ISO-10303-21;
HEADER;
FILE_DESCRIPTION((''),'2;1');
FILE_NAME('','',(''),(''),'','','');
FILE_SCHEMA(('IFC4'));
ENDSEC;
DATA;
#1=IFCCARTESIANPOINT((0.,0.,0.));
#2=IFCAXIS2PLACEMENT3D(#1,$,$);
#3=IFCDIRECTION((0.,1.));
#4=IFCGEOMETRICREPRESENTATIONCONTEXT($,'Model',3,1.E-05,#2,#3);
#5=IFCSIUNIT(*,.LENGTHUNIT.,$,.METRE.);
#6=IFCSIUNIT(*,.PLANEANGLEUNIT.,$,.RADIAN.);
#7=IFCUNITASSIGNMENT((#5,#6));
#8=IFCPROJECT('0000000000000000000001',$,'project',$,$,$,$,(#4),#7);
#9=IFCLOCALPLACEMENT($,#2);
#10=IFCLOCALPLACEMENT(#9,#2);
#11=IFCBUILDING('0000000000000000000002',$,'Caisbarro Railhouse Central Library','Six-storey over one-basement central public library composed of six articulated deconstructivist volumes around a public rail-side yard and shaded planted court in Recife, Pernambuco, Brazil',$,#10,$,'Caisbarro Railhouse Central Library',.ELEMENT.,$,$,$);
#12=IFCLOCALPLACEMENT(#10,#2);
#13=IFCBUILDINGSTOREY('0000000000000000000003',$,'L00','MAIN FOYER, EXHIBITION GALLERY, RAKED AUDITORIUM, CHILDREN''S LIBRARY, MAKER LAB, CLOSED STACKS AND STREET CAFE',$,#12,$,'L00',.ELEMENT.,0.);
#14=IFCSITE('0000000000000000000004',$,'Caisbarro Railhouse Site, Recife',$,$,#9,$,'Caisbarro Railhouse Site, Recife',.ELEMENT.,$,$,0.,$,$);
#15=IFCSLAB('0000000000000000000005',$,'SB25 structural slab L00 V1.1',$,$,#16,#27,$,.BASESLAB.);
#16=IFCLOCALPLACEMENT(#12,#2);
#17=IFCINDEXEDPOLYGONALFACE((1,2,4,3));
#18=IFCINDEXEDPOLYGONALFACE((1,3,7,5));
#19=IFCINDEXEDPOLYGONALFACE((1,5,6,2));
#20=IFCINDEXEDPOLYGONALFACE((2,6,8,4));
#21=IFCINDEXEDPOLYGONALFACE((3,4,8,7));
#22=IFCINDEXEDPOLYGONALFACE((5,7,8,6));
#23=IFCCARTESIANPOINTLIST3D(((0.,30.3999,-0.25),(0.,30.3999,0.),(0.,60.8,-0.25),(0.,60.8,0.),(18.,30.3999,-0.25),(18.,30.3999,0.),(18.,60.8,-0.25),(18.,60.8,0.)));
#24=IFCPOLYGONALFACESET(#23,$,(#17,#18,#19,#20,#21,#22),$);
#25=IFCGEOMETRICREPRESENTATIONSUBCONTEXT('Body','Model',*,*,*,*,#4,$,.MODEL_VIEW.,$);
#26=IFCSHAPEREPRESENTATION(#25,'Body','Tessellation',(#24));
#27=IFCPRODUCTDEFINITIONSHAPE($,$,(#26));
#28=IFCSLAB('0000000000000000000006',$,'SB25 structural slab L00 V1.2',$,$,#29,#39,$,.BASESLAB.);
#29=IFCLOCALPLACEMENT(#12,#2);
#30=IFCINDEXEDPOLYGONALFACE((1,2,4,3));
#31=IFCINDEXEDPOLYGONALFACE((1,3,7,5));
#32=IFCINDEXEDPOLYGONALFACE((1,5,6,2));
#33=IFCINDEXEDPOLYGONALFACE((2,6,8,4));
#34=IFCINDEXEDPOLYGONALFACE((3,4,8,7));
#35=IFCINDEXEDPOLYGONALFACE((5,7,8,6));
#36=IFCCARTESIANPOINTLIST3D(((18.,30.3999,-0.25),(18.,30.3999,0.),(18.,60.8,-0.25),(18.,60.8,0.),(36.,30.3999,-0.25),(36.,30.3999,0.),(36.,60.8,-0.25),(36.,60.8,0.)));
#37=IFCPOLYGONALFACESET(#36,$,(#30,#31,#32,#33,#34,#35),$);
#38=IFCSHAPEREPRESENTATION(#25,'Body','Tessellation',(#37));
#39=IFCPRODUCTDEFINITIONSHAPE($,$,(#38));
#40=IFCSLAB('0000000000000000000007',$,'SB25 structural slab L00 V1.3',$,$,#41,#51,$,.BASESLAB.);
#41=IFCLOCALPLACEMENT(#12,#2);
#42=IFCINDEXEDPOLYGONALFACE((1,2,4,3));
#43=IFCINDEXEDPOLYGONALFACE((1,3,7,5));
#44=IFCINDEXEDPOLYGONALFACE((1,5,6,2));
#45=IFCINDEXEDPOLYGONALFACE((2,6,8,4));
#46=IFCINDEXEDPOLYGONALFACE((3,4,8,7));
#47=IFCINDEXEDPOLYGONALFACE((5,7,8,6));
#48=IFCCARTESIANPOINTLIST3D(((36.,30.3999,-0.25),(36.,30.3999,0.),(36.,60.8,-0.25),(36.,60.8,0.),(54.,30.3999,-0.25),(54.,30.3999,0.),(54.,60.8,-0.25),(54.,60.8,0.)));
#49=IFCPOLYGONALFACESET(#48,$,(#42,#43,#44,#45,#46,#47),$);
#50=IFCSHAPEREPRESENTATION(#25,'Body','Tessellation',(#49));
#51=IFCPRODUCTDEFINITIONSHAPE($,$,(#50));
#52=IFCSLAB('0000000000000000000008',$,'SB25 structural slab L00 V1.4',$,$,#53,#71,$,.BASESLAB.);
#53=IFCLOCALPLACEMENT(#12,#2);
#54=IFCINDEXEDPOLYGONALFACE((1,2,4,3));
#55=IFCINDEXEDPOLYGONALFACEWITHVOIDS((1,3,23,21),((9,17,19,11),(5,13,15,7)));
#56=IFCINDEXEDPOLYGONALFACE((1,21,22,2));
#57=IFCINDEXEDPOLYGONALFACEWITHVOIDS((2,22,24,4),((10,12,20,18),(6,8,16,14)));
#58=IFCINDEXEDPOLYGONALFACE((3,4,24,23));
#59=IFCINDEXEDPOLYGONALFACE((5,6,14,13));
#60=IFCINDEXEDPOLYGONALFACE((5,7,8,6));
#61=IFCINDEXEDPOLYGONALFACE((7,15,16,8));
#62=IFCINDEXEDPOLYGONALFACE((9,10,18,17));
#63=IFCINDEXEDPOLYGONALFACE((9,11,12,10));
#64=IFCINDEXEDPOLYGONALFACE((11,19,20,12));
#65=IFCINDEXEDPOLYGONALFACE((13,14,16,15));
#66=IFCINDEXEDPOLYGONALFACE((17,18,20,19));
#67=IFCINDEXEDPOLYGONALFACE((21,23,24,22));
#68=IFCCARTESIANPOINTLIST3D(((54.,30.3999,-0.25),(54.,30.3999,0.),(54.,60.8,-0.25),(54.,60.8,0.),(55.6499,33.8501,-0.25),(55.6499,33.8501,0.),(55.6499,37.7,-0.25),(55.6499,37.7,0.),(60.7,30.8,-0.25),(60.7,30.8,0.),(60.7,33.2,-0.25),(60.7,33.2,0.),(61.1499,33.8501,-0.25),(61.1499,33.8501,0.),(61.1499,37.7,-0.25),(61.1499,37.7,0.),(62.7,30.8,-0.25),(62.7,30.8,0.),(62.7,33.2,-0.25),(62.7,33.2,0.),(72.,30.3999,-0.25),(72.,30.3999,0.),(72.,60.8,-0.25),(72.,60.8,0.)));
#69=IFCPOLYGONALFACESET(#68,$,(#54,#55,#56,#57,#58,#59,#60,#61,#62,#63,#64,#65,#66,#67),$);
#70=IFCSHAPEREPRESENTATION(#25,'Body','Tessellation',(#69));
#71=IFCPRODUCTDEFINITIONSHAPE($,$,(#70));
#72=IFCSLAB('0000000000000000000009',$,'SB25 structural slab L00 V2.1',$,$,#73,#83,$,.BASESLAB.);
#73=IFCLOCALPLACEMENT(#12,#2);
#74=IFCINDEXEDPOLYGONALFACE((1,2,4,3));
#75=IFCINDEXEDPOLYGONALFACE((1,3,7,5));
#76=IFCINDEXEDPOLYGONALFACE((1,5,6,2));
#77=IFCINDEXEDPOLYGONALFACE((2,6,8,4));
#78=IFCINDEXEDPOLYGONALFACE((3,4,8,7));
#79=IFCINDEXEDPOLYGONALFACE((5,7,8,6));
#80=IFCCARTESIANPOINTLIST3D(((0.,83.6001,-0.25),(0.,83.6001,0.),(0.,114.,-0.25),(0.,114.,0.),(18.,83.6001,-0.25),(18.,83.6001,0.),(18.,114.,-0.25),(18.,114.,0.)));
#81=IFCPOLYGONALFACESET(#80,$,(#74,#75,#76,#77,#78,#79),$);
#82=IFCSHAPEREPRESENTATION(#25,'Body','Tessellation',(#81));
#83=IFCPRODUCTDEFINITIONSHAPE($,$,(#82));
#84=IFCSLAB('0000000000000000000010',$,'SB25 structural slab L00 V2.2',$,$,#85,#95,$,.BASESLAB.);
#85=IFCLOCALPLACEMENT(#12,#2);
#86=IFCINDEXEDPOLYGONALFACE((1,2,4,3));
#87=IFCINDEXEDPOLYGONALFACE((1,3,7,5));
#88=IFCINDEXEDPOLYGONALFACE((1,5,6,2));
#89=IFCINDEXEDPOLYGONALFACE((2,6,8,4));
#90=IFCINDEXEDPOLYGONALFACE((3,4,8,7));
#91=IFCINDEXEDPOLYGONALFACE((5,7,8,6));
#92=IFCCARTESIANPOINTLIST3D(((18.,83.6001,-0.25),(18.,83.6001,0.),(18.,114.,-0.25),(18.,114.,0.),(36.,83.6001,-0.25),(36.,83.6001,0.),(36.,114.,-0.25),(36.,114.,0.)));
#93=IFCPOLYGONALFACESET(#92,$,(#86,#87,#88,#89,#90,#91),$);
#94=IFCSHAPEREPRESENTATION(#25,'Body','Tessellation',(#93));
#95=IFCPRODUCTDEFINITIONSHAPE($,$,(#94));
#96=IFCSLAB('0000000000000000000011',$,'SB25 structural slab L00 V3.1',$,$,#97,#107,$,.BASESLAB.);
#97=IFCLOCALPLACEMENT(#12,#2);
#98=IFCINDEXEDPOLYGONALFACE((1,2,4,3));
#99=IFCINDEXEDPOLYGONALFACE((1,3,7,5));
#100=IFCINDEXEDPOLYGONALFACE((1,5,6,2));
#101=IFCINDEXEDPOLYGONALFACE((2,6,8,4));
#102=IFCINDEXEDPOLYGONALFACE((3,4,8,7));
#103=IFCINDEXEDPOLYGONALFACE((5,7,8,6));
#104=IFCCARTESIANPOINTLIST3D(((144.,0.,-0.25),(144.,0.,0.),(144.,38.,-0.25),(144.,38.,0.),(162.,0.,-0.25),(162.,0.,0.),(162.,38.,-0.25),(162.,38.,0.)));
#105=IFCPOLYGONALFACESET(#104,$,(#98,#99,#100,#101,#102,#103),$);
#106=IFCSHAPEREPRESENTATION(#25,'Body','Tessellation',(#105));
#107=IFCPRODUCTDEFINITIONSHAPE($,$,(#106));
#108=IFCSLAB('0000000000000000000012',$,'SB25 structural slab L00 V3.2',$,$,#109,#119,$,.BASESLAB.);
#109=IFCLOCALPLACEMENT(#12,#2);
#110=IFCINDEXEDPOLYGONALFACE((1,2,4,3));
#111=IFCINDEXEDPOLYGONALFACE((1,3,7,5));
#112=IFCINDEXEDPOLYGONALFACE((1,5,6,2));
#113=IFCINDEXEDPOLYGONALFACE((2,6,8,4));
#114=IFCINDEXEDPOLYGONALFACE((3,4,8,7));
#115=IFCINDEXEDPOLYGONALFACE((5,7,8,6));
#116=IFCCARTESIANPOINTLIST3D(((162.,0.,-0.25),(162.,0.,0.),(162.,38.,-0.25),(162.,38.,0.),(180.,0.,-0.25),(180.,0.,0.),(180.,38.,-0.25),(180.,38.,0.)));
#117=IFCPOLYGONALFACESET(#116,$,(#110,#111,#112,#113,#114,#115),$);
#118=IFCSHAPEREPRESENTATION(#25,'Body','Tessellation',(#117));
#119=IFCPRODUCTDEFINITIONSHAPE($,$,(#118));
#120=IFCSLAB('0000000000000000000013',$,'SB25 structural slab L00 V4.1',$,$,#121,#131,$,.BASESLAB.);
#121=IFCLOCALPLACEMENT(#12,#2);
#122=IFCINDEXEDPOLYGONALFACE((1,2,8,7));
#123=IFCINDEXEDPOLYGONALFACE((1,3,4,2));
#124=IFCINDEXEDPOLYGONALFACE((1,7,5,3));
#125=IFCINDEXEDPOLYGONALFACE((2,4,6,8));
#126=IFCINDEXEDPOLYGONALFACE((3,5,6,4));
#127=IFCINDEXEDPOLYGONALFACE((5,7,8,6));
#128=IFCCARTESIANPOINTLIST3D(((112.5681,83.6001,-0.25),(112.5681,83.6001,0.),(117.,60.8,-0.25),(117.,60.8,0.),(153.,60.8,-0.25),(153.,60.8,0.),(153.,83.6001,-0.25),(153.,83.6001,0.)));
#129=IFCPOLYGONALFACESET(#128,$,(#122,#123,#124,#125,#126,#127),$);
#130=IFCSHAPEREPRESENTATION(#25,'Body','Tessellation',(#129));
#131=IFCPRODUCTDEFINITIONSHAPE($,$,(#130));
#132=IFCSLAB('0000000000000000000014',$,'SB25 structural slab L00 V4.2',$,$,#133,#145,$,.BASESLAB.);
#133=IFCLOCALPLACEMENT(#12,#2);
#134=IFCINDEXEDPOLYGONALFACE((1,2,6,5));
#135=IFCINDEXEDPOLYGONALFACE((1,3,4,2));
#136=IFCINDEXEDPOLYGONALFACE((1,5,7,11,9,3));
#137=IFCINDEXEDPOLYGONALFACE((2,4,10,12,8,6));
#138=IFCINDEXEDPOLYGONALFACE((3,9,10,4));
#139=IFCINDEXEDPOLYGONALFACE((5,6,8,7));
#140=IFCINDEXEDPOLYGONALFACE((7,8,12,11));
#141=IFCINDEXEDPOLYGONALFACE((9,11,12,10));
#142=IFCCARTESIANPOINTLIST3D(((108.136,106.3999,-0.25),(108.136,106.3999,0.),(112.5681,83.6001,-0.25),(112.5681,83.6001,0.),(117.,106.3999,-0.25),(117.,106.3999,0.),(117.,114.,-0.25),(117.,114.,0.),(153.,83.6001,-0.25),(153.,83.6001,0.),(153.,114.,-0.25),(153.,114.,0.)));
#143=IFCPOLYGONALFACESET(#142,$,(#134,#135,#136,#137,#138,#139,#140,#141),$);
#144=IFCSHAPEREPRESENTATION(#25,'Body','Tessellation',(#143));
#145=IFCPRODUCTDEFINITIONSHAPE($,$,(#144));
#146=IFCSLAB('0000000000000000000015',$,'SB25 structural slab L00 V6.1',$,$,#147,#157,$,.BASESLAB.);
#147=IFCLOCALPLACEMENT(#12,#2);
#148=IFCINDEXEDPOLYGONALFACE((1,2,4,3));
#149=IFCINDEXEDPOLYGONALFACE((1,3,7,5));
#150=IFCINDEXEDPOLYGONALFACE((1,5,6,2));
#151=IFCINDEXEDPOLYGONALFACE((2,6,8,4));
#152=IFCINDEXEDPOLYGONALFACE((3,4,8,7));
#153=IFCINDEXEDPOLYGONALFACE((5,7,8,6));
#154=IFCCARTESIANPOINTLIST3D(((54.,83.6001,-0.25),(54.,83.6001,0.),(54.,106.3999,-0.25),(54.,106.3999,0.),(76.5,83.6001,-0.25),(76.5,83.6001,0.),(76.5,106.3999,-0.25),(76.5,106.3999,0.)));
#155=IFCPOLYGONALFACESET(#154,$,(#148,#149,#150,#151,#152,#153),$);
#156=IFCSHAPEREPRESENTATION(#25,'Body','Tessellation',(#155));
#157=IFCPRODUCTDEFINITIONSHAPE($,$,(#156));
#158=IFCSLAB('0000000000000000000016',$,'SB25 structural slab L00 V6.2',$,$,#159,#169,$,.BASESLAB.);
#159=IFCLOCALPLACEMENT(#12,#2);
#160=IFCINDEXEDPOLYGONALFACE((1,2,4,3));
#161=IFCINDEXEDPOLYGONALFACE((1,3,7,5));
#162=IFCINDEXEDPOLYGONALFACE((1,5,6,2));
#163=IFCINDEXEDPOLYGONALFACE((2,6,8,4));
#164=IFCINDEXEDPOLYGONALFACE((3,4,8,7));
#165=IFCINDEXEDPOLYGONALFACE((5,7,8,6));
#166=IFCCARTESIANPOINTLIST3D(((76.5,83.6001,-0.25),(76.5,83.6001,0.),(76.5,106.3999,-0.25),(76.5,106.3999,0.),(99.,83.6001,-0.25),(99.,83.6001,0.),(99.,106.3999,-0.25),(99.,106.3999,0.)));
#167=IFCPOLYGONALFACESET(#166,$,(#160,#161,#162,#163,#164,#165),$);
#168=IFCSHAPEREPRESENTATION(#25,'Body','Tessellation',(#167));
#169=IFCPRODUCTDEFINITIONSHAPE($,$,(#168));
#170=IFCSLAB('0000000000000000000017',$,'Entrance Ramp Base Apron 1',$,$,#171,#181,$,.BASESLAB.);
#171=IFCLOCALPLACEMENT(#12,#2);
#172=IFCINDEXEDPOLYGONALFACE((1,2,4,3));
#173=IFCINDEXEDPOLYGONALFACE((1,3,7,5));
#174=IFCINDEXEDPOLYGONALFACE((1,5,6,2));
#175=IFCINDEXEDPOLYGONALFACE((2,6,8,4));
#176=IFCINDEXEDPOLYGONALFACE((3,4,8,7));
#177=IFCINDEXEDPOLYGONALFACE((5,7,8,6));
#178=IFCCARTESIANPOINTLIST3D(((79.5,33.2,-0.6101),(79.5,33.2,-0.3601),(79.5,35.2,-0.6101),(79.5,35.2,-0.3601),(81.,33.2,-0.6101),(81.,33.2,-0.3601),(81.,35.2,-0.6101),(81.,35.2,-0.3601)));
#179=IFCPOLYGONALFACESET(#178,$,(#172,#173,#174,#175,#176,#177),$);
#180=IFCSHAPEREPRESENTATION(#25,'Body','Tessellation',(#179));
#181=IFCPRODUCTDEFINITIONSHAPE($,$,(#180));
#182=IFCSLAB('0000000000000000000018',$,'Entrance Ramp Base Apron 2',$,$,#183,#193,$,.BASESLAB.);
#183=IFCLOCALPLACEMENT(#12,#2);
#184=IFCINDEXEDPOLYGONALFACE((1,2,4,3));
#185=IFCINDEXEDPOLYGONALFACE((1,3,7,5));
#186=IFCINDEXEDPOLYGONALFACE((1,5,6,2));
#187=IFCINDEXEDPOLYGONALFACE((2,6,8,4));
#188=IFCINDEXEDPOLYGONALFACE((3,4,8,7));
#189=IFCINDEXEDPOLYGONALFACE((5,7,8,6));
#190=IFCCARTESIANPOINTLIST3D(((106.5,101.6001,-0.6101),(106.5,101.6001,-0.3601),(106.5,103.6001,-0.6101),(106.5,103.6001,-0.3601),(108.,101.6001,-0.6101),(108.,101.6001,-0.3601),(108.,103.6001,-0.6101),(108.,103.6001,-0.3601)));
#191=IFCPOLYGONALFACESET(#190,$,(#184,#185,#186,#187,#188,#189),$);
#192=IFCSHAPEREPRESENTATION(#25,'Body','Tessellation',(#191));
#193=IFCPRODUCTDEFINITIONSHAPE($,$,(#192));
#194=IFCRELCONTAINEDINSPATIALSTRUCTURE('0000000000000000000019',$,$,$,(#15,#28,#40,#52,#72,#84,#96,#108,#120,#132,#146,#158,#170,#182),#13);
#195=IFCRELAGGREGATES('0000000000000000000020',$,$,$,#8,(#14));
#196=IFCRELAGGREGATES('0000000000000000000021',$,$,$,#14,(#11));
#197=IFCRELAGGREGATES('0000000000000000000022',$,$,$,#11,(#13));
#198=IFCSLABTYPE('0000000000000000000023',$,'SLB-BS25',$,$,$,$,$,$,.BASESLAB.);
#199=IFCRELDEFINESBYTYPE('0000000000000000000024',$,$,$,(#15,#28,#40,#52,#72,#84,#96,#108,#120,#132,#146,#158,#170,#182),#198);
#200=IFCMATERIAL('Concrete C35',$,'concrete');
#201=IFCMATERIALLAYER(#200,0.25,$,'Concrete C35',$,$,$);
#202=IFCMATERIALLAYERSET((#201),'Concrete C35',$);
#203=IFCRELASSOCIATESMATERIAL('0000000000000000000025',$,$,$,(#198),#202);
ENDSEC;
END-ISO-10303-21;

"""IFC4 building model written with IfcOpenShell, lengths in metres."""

from ifc_helpers import new_model, si_unit, direction, frame, origin, place, context, subcontext, project, spatial, polyline, outline, extrude, material, layer, layer_set, type_object, element, save


model = new_model("IFC4")

# Units and contexts
model_context = context("Model", 3, precision=1e-05, world=origin(), true_north=direction((0.0, 1.0)))
body_context = subcontext(model_context, "Body", "Model", "MODEL_VIEW")
ifc_project = project(units=[si_unit("LENGTHUNIT", "METRE"), si_unit("PLANEANGLEUNIT", "RADIAN")], contexts=[model_context])

# Site, building, storey
site_placement = place(None, origin())
site = spatial("IfcSite", under=ifc_project, at=site_placement, Name="Caisbarro Railhouse Site, Recife", LongName="Caisbarro Railhouse Site, Recife", CompositionType="ELEMENT", RefElevation=0.0)
building_placement = place(site_placement, origin())
building = spatial("IfcBuilding", under=site, at=building_placement, Name="Caisbarro Railhouse Central Library", Description="Six-storey over one-basement central public library composed of six articulated deconstructivist volumes around a public rail-side yard and shaded planted court in Recife, Pernambuco, Brazil", LongName="Caisbarro Railhouse Central Library", CompositionType="ELEMENT")
storey_placement = place(building_placement, origin())
storey = spatial("IfcBuildingStorey", under=building, at=storey_placement, Name="L00", Description="MAIN FOYER, EXHIBITION GALLERY, RAKED AUDITORIUM, CHILDREN'S LIBRARY, MAKER LAB, CLOSED STACKS AND STREET CAFE", LongName="L00", CompositionType="ELEMENT", Elevation=0.0)

# Slabs
ifc_material_1 = material(Name="Concrete C35", Category="concrete")
ifc_layer_1 = layer(ifc_material_1, 0.25, Name="Concrete C35")
ifc_layer_set_1 = layer_set([ifc_layer_1], Name="Concrete C35")
slab_type_1 = type_object("IfcSlabType", Name="SLB-BS25", PredefinedType="BASESLAB", material=ifc_layer_set_1)
slab_1_placement = place(storey_placement, frame((0.0, 0.0, -0.25)))
element("IfcSlab", 1, at=slab_1_placement, inside=storey, type_object=slab_type_1, Name="SB25 structural slab L00 V1.1", PredefinedType="BASESLAB", context=body_context, shape_type="SweptSolid", body=[
    extrude(outline(polyline([(0.0, 30.3999), (18.0, 30.3999), (18.0, 60.8), (0.0, 60.8), (0.0, 30.3999)])), origin(), (0.0, 0.0, 1.0), 0.25),
])
slab_2_placement = place(storey_placement, frame((0.0, 0.0, -0.25)))
element("IfcSlab", 2, at=slab_2_placement, inside=storey, type_object=slab_type_1, Name="SB25 structural slab L00 V1.2", PredefinedType="BASESLAB", context=body_context, shape_type="SweptSolid", body=[
    extrude(outline(polyline([(18.0, 30.3999), (36.0, 30.3999), (36.0, 60.8), (18.0, 60.8), (18.0, 30.3999)])), origin(), (0.0, 0.0, 1.0), 0.25),
])
slab_3_placement = place(storey_placement, frame((0.0, 0.0, -0.25)))
element("IfcSlab", 3, at=slab_3_placement, inside=storey, type_object=slab_type_1, Name="SB25 structural slab L00 V1.3", PredefinedType="BASESLAB", context=body_context, shape_type="SweptSolid", body=[
    extrude(outline(polyline([(36.0, 30.3999), (54.0, 30.3999), (54.0, 60.8), (36.0, 60.8), (36.0, 30.3999)])), origin(), (0.0, 0.0, 1.0), 0.25),
])
slab_4_placement = place(storey_placement, frame((0.0, 0.0, -0.25)))
element("IfcSlab", 4, at=slab_4_placement, inside=storey, type_object=slab_type_1, Name="SB25 structural slab L00 V1.4", PredefinedType="BASESLAB", context=body_context, shape_type="SweptSolid", body=[
    extrude(outline(polyline([(54.0, 30.3999), (72.0, 30.3999), (72.0, 60.8), (54.0, 60.8), (54.0, 30.3999)]), holes=[polyline([(55.6499, 33.8501), (61.1499, 33.8501), (61.1499, 37.7), (55.6499, 37.7), (55.6499, 33.8501)]), polyline([(60.7, 30.8), (62.7, 30.8), (62.7, 33.2), (60.7, 33.2), (60.7, 30.8)])]), origin(), (0.0, 0.0, 1.0), 0.25),
])
slab_5_placement = place(storey_placement, frame((0.0, 0.0, -0.25)))
element("IfcSlab", 5, at=slab_5_placement, inside=storey, type_object=slab_type_1, Name="SB25 structural slab L00 V2.1", PredefinedType="BASESLAB", context=body_context, shape_type="SweptSolid", body=[
    extrude(outline(polyline([(0.0, 83.6001), (18.0, 83.6001), (18.0, 114.0), (0.0, 114.0), (0.0, 83.6001)])), origin(), (0.0, 0.0, 1.0), 0.25),
])
slab_6_placement = place(storey_placement, frame((0.0, 0.0, -0.25)))
element("IfcSlab", 6, at=slab_6_placement, inside=storey, type_object=slab_type_1, Name="SB25 structural slab L00 V2.2", PredefinedType="BASESLAB", context=body_context, shape_type="SweptSolid", body=[
    extrude(outline(polyline([(18.0, 83.6001), (36.0, 83.6001), (36.0, 114.0), (18.0, 114.0), (18.0, 83.6001)])), origin(), (0.0, 0.0, 1.0), 0.25),
])
slab_7_placement = place(storey_placement, frame((0.0, 0.0, -0.25)))
element("IfcSlab", 7, at=slab_7_placement, inside=storey, type_object=slab_type_1, Name="SB25 structural slab L00 V3.1", PredefinedType="BASESLAB", context=body_context, shape_type="SweptSolid", body=[
    extrude(outline(polyline([(144.0, 0.0), (162.0, 0.0), (162.0, 38.0), (144.0, 38.0), (144.0, 0.0)])), origin(), (0.0, 0.0, 1.0), 0.25),
])
slab_8_placement = place(storey_placement, frame((0.0, 0.0, -0.25)))
element("IfcSlab", 8, at=slab_8_placement, inside=storey, type_object=slab_type_1, Name="SB25 structural slab L00 V3.2", PredefinedType="BASESLAB", context=body_context, shape_type="SweptSolid", body=[
    extrude(outline(polyline([(162.0, 0.0), (180.0, 0.0), (180.0, 38.0), (162.0, 38.0), (162.0, 0.0)])), origin(), (0.0, 0.0, 1.0), 0.25),
])
slab_9_placement = place(storey_placement, frame((0.0, 0.0, -0.25)))
element("IfcSlab", 9, at=slab_9_placement, inside=storey, type_object=slab_type_1, Name="SB25 structural slab L00 V4.1", PredefinedType="BASESLAB", context=body_context, shape_type="SweptSolid", body=[
    extrude(outline(polyline([(117.0, 60.8), (153.0, 60.8), (153.0, 83.6001), (112.5681, 83.6001), (117.0, 60.8)])), origin(), (0.0, 0.0, 1.0), 0.25),
])
slab_10_placement = place(storey_placement, frame((0.0, 0.0, -0.25)))
element("IfcSlab", 10, at=slab_10_placement, inside=storey, type_object=slab_type_1, Name="SB25 structural slab L00 V4.2", PredefinedType="BASESLAB", context=body_context, shape_type="SweptSolid", body=[
    extrude(outline(polyline([(112.5681, 83.6001), (153.0, 83.6001), (153.0, 114.0), (117.0, 114.0), (117.0, 106.3999), (108.136, 106.3999), (112.5681, 83.6001)])), origin(), (0.0, 0.0, 1.0), 0.25),
])
slab_11_placement = place(storey_placement, frame((0.0, 0.0, -0.25)))
element("IfcSlab", 11, at=slab_11_placement, inside=storey, type_object=slab_type_1, Name="SB25 structural slab L00 V6.1", PredefinedType="BASESLAB", context=body_context, shape_type="SweptSolid", body=[
    extrude(outline(polyline([(54.0, 83.6001), (76.5, 83.6001), (76.5, 106.3999), (54.0, 106.3999), (54.0, 83.6001)])), origin(), (0.0, 0.0, 1.0), 0.25),
])
slab_12_placement = place(storey_placement, frame((0.0, 0.0, -0.25)))
element("IfcSlab", 12, at=slab_12_placement, inside=storey, type_object=slab_type_1, Name="SB25 structural slab L00 V6.2", PredefinedType="BASESLAB", context=body_context, shape_type="SweptSolid", body=[
    extrude(outline(polyline([(76.5, 83.6001), (99.0, 83.6001), (99.0, 106.3999), (76.5, 106.3999), (76.5, 83.6001)])), origin(), (0.0, 0.0, 1.0), 0.25),
])
slab_13_placement = place(storey_placement, frame((0.0, 0.0, -0.6101)))
element("IfcSlab", 13, at=slab_13_placement, inside=storey, type_object=slab_type_1, Name="Entrance Ramp Base Apron 1", PredefinedType="BASESLAB", context=body_context, shape_type="SweptSolid", body=[
    extrude(outline(polyline([(79.5, 33.2), (81.0, 33.2), (81.0, 35.2), (79.5, 35.2), (79.5, 33.2)])), origin(), (0.0, 0.0, 1.0), 0.25),
])
slab_14_placement = place(storey_placement, frame((0.0, 0.0, -0.6101)))
element("IfcSlab", 14, at=slab_14_placement, inside=storey, type_object=slab_type_1, Name="Entrance Ramp Base Apron 2", PredefinedType="BASESLAB", context=body_context, shape_type="SweptSolid", body=[
    extrude(outline(polyline([(106.5, 101.6001), (108.0, 101.6001), (108.0, 103.6001), (106.5, 103.6001), (106.5, 101.6001)])), origin(), (0.0, 0.0, 1.0), 0.25),
])

save(model, "model.ifc")
